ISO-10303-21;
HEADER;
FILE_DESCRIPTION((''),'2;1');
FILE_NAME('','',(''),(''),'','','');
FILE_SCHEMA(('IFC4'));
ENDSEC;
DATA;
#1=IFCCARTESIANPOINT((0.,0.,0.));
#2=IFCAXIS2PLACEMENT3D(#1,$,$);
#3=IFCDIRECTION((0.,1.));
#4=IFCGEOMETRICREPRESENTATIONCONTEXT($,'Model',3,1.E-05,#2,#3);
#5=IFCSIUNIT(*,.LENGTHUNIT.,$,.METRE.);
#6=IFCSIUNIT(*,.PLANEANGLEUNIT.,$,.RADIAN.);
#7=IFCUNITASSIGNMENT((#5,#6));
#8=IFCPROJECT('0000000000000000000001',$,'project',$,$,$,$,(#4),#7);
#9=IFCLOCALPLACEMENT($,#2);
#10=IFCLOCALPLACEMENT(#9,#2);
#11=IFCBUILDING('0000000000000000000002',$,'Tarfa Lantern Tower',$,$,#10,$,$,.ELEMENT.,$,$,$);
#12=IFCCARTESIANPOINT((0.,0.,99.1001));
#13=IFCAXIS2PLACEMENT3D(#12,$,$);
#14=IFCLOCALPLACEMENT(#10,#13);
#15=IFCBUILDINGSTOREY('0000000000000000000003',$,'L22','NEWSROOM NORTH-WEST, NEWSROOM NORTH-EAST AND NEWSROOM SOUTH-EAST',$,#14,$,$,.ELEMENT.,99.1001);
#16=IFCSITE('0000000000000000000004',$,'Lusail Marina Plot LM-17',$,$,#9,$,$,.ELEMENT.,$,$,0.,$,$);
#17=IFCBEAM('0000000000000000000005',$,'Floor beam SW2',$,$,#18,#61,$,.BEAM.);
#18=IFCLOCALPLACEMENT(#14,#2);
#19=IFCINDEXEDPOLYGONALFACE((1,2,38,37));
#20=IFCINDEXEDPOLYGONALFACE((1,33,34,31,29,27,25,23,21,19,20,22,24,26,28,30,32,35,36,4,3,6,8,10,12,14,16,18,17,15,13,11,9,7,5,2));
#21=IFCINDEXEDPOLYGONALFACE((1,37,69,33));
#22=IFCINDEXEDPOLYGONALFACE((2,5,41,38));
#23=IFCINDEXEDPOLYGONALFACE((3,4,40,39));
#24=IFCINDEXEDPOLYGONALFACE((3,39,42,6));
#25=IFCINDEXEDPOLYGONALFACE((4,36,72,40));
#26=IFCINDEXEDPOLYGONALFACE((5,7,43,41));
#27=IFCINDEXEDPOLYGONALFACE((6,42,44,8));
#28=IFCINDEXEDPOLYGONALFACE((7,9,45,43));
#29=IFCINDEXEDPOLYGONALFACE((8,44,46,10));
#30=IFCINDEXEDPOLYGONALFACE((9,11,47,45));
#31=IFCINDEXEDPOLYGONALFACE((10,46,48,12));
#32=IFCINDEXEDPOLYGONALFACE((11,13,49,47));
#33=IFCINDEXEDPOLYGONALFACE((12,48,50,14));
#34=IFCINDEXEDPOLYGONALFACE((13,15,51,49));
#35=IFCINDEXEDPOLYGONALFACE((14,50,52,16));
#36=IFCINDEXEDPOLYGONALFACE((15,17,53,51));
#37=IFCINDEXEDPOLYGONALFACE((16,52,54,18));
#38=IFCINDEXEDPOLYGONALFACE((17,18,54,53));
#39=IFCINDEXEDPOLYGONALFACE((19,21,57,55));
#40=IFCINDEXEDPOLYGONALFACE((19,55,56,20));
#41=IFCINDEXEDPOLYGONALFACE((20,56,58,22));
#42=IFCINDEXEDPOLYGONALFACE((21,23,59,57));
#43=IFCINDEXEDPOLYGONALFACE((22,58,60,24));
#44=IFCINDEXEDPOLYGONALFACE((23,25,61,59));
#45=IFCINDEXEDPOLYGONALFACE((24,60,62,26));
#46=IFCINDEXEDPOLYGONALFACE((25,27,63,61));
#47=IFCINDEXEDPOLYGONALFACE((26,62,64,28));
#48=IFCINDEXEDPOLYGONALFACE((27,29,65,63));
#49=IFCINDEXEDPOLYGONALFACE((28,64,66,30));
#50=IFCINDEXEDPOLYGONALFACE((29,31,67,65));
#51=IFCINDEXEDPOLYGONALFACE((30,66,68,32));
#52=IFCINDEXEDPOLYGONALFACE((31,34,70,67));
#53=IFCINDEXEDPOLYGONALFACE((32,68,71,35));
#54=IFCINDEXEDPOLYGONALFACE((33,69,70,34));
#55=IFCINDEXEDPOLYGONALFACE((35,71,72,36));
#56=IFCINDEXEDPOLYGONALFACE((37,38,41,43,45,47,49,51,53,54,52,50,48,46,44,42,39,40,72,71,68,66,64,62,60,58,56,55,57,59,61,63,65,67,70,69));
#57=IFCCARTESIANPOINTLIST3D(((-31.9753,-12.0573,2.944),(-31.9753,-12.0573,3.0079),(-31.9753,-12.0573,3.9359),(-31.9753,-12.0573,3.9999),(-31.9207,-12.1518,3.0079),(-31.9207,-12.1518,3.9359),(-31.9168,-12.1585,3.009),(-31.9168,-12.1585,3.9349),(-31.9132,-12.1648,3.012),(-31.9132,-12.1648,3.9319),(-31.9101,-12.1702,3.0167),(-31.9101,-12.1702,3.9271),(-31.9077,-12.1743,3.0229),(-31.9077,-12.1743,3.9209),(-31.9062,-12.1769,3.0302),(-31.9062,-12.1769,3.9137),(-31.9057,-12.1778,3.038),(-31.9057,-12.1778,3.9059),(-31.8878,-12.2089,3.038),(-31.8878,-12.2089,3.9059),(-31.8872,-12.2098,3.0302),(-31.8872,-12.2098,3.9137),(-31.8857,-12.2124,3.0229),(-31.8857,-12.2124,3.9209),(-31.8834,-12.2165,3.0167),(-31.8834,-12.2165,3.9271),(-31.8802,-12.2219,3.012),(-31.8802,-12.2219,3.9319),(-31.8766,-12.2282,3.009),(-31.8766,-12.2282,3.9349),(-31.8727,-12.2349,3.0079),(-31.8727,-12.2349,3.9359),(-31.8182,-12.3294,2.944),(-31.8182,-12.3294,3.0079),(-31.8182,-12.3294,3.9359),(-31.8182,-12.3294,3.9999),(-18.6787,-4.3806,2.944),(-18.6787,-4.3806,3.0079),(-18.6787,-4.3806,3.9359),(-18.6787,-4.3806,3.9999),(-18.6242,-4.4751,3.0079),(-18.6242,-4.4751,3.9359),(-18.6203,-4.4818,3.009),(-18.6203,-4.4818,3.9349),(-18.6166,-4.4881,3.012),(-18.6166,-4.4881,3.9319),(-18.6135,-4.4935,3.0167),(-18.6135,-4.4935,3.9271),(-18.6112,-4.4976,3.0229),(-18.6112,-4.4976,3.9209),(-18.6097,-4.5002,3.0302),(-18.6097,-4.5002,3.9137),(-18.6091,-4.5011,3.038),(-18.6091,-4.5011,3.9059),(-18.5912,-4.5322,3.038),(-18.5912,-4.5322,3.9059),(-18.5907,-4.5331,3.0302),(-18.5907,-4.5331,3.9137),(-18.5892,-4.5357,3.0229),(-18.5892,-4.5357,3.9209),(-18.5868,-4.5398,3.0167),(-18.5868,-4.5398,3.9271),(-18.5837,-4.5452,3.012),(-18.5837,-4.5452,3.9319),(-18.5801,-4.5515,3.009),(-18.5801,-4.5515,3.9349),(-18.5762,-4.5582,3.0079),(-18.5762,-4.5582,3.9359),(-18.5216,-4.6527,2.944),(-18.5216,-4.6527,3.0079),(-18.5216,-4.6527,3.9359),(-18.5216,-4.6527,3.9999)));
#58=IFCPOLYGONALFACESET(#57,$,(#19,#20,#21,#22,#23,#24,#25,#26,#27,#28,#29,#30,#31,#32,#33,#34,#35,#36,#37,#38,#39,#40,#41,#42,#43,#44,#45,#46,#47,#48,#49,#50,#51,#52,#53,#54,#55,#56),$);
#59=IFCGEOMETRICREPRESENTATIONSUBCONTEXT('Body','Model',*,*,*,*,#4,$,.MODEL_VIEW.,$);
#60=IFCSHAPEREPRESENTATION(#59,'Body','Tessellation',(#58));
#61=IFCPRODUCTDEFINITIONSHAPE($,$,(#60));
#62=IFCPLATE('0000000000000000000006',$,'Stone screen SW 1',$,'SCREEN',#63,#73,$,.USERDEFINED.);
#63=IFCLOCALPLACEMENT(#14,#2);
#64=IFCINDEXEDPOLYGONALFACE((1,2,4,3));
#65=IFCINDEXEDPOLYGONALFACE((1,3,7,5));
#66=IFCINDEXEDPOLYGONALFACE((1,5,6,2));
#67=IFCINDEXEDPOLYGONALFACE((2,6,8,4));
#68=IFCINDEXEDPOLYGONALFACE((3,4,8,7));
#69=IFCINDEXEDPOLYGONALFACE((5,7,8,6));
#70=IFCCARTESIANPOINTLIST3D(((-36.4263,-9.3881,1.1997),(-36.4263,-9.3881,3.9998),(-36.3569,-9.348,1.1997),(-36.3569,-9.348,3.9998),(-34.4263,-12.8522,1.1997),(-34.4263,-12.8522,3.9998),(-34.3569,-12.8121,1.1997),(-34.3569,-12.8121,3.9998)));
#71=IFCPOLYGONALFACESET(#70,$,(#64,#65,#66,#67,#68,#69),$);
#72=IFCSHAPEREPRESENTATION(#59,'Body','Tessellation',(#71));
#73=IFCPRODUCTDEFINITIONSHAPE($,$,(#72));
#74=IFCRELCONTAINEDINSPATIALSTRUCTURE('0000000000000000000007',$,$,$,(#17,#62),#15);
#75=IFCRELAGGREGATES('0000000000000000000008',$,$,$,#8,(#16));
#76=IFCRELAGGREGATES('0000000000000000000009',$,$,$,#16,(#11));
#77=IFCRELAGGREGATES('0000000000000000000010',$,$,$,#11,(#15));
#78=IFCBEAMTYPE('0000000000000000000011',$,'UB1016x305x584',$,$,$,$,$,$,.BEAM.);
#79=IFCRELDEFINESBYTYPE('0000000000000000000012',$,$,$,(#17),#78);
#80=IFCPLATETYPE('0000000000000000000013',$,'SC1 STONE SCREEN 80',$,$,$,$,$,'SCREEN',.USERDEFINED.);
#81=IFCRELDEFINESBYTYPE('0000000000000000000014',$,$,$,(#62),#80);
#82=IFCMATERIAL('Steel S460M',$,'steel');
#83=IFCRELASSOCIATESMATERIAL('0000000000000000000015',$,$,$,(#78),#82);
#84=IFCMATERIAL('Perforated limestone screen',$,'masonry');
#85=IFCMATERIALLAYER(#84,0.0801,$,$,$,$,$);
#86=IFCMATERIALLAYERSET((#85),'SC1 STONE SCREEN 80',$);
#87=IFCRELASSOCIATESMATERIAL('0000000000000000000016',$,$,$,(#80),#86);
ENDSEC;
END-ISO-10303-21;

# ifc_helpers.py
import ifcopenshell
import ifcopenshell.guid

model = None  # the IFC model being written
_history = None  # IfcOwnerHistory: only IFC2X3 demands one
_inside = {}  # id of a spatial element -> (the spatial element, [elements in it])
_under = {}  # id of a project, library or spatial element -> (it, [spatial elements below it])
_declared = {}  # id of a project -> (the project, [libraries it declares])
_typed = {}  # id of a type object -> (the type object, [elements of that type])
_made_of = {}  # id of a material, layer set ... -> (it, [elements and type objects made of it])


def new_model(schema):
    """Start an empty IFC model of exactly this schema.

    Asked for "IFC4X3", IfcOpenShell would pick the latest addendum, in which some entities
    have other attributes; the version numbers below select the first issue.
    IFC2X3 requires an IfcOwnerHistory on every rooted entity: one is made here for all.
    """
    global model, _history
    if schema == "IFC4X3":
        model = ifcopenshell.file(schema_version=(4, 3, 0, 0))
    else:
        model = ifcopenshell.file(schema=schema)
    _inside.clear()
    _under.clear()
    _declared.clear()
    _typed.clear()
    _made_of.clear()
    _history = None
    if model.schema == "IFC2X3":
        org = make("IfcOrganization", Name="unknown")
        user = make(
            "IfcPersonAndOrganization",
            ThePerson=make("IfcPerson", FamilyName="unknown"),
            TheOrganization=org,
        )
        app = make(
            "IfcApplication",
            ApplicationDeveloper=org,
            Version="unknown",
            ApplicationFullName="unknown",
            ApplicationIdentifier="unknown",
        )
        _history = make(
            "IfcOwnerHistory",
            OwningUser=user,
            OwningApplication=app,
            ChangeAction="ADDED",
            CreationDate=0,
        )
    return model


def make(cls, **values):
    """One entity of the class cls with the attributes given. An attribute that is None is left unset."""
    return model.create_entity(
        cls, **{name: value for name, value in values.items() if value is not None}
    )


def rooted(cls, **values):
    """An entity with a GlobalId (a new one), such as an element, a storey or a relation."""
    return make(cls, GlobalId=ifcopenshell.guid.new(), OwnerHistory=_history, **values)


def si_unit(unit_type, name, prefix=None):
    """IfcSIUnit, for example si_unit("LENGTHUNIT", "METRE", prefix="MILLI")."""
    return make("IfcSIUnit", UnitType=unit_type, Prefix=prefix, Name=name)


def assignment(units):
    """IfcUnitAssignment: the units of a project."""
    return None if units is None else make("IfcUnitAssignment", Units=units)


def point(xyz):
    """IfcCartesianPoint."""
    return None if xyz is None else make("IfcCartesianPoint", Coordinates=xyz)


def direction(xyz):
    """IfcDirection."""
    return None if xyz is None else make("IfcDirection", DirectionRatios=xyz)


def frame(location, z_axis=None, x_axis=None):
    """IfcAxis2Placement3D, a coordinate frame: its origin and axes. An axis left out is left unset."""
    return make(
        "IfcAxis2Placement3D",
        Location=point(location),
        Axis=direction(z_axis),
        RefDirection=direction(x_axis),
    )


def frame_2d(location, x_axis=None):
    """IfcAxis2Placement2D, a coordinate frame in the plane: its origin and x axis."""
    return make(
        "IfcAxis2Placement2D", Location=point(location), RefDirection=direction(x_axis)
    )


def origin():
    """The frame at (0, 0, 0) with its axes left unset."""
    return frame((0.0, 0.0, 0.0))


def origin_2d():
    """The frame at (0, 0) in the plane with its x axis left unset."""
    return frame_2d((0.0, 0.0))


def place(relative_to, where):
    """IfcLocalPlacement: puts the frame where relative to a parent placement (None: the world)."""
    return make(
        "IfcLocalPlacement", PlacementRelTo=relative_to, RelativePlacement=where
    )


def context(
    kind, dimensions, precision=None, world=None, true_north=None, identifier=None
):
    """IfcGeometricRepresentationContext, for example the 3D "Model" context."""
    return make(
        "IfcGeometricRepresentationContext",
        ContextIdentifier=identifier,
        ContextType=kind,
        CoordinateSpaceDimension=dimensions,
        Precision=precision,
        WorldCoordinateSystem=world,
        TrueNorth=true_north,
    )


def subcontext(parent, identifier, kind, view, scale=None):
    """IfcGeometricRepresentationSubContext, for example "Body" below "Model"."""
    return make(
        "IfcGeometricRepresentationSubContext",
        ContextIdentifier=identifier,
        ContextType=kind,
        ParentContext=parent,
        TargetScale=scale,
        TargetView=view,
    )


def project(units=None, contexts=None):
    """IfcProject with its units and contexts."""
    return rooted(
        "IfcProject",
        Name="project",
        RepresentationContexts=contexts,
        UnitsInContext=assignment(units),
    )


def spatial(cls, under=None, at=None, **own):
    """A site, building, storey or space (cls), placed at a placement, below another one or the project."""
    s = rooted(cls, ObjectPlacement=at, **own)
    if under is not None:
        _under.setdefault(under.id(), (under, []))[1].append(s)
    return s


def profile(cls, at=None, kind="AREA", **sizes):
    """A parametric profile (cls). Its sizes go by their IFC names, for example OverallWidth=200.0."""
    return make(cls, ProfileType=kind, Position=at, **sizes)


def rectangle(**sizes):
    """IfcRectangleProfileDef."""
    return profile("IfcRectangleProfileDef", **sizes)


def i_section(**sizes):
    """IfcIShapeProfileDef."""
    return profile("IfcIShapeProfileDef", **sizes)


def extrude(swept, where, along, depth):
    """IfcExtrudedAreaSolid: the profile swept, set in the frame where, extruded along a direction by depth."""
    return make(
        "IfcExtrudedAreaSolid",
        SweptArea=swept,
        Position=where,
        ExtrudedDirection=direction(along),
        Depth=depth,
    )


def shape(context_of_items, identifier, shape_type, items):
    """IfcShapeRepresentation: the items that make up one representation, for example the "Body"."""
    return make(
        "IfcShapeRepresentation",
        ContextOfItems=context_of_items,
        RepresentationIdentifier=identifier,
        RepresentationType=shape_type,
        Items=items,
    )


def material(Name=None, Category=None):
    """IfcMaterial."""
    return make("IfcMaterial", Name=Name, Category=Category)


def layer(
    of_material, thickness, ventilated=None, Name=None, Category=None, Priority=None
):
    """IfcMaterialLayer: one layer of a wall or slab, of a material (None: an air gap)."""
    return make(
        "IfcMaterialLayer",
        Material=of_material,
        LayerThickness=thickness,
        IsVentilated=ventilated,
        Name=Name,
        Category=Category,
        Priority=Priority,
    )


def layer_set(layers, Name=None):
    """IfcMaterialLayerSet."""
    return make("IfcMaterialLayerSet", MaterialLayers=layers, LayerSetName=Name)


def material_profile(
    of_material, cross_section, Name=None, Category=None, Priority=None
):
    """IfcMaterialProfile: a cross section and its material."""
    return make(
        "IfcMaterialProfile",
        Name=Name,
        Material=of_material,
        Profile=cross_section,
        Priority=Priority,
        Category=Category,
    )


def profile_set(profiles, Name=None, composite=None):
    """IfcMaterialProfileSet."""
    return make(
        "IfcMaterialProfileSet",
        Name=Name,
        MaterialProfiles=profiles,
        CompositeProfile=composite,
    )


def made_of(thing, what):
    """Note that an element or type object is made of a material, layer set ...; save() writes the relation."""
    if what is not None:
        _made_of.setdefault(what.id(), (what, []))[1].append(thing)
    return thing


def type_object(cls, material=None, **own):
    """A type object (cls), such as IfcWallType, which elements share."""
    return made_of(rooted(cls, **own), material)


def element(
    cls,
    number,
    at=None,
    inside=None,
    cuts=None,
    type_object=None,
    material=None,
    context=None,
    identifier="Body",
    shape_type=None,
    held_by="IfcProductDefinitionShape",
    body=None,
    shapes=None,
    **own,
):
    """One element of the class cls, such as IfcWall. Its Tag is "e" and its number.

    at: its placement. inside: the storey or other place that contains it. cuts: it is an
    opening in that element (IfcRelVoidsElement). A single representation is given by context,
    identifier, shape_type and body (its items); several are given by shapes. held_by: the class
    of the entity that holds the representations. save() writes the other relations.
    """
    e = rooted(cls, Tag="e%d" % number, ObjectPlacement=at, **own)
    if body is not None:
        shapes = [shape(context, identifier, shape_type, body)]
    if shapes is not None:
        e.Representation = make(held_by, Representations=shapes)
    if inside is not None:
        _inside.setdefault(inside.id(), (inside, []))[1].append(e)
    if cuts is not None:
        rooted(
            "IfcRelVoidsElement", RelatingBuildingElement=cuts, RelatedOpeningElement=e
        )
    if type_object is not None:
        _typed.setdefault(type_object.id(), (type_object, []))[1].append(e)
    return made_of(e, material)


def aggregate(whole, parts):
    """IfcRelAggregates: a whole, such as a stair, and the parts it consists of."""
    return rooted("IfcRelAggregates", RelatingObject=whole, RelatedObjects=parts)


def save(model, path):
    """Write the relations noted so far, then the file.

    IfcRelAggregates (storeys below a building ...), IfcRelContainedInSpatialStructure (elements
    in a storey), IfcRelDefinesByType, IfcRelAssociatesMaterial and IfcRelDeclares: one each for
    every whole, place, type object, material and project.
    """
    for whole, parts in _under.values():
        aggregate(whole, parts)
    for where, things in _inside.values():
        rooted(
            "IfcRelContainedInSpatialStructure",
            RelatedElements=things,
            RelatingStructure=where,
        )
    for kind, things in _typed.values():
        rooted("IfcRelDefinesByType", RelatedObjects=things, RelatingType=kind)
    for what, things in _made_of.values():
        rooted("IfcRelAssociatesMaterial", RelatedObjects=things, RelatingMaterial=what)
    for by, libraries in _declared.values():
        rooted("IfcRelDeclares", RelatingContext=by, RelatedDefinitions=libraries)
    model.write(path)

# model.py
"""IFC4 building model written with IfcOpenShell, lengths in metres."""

from ifc_helpers import new_model, si_unit, direction, frame, origin, origin_2d, place, context, subcontext, project, spatial, rectangle, i_section, extrude, material, layer, layer_set, material_profile, profile_set, type_object, element, save


model = new_model("IFC4")

# Units and contexts
model_context = context("Model", 3, precision=1e-05, world=origin(), true_north=direction((0.0, 1.0)))
body_context = subcontext(model_context, "Body", "Model", "MODEL_VIEW")
ifc_project = project(units=[si_unit("LENGTHUNIT", "METRE"), si_unit("PLANEANGLEUNIT", "RADIAN")], contexts=[model_context])

# Site, building, storey
site_placement = place(None, origin())
site = spatial("IfcSite", under=ifc_project, at=site_placement, Name="Lusail Marina Plot LM-17", CompositionType="ELEMENT", RefElevation=0.0)
building_placement = place(site_placement, origin())
building = spatial("IfcBuilding", under=site, at=building_placement, Name="Tarfa Lantern Tower", CompositionType="ELEMENT")
storey_placement = place(building_placement, frame((0.0, 0.0, 99.1001)))
storey = spatial("IfcBuildingStorey", under=building, at=storey_placement, Name="L22", Description="NEWSROOM NORTH-WEST, NEWSROOM NORTH-EAST AND NEWSROOM SOUTH-EAST", CompositionType="ELEMENT", Elevation=99.1001)

# Beam
ifc_material_1 = material(Name="Steel S460M", Category="steel")
ifc_material_profile_1 = material_profile(ifc_material_1, i_section(OverallWidth=0.3142, OverallDepth=1.0559, WebThickness=0.0359, FlangeThickness=0.064, FilletRadius=0.03, at=origin_2d()), Name="UB1016x305x584")
ifc_profile_set_1 = profile_set([ifc_material_profile_1], Name="Steel S460M")
beam_type_1 = type_object("IfcBeamType", Name="UB1016x305x584", PredefinedType="BEAM", material=ifc_profile_set_1)
beam_1_placement = place(storey_placement, frame((-31.8967, -12.1934, 3.4719), z_axis=(0.866027, 0.499997, 0.0), x_axis=(-0.499997, 0.866027, 0.0)))
element("IfcBeam", 1, at=beam_1_placement, inside=storey, type_object=beam_type_1, Name="Floor beam SW2", PredefinedType="BEAM", context=body_context, shape_type="SweptSolid", body=[
    extrude(i_section(OverallWidth=0.3142, OverallDepth=1.0559, WebThickness=0.0359, FlangeThickness=0.064, FilletRadius=0.03, at=origin_2d()), origin(), (0.0, 0.0, 1.0), 15.3535),
])

# Plate
ifc_material_2 = material(Name="Perforated limestone screen", Category="masonry")
ifc_layer_1 = layer(ifc_material_2, 0.0801)
ifc_layer_set_1 = layer_set([ifc_layer_1], Name="SC1 STONE SCREEN 80")
plate_type = type_object("IfcPlateType", Name="SC1 STONE SCREEN 80", ElementType="SCREEN", PredefinedType="USERDEFINED", material=ifc_layer_set_1)
plate_placement = place(storey_placement, frame((-35.3916, -11.1001, 1.1997), z_axis=(0.0, 0.0, 1.0), x_axis=(0.5, -0.866025, 0.0)))
element("IfcPlate", 2, at=plate_placement, inside=storey, type_object=plate_type, Name="Stone screen SW 1", ObjectType="SCREEN", PredefinedType="USERDEFINED", context=body_context, shape_type="SweptSolid", body=[
    extrude(rectangle(XDim=4.0, YDim=0.0801, at=origin_2d()), origin(), (0.0, 0.0, 1.0), 2.8),
])

save(model, "model.ifc")
